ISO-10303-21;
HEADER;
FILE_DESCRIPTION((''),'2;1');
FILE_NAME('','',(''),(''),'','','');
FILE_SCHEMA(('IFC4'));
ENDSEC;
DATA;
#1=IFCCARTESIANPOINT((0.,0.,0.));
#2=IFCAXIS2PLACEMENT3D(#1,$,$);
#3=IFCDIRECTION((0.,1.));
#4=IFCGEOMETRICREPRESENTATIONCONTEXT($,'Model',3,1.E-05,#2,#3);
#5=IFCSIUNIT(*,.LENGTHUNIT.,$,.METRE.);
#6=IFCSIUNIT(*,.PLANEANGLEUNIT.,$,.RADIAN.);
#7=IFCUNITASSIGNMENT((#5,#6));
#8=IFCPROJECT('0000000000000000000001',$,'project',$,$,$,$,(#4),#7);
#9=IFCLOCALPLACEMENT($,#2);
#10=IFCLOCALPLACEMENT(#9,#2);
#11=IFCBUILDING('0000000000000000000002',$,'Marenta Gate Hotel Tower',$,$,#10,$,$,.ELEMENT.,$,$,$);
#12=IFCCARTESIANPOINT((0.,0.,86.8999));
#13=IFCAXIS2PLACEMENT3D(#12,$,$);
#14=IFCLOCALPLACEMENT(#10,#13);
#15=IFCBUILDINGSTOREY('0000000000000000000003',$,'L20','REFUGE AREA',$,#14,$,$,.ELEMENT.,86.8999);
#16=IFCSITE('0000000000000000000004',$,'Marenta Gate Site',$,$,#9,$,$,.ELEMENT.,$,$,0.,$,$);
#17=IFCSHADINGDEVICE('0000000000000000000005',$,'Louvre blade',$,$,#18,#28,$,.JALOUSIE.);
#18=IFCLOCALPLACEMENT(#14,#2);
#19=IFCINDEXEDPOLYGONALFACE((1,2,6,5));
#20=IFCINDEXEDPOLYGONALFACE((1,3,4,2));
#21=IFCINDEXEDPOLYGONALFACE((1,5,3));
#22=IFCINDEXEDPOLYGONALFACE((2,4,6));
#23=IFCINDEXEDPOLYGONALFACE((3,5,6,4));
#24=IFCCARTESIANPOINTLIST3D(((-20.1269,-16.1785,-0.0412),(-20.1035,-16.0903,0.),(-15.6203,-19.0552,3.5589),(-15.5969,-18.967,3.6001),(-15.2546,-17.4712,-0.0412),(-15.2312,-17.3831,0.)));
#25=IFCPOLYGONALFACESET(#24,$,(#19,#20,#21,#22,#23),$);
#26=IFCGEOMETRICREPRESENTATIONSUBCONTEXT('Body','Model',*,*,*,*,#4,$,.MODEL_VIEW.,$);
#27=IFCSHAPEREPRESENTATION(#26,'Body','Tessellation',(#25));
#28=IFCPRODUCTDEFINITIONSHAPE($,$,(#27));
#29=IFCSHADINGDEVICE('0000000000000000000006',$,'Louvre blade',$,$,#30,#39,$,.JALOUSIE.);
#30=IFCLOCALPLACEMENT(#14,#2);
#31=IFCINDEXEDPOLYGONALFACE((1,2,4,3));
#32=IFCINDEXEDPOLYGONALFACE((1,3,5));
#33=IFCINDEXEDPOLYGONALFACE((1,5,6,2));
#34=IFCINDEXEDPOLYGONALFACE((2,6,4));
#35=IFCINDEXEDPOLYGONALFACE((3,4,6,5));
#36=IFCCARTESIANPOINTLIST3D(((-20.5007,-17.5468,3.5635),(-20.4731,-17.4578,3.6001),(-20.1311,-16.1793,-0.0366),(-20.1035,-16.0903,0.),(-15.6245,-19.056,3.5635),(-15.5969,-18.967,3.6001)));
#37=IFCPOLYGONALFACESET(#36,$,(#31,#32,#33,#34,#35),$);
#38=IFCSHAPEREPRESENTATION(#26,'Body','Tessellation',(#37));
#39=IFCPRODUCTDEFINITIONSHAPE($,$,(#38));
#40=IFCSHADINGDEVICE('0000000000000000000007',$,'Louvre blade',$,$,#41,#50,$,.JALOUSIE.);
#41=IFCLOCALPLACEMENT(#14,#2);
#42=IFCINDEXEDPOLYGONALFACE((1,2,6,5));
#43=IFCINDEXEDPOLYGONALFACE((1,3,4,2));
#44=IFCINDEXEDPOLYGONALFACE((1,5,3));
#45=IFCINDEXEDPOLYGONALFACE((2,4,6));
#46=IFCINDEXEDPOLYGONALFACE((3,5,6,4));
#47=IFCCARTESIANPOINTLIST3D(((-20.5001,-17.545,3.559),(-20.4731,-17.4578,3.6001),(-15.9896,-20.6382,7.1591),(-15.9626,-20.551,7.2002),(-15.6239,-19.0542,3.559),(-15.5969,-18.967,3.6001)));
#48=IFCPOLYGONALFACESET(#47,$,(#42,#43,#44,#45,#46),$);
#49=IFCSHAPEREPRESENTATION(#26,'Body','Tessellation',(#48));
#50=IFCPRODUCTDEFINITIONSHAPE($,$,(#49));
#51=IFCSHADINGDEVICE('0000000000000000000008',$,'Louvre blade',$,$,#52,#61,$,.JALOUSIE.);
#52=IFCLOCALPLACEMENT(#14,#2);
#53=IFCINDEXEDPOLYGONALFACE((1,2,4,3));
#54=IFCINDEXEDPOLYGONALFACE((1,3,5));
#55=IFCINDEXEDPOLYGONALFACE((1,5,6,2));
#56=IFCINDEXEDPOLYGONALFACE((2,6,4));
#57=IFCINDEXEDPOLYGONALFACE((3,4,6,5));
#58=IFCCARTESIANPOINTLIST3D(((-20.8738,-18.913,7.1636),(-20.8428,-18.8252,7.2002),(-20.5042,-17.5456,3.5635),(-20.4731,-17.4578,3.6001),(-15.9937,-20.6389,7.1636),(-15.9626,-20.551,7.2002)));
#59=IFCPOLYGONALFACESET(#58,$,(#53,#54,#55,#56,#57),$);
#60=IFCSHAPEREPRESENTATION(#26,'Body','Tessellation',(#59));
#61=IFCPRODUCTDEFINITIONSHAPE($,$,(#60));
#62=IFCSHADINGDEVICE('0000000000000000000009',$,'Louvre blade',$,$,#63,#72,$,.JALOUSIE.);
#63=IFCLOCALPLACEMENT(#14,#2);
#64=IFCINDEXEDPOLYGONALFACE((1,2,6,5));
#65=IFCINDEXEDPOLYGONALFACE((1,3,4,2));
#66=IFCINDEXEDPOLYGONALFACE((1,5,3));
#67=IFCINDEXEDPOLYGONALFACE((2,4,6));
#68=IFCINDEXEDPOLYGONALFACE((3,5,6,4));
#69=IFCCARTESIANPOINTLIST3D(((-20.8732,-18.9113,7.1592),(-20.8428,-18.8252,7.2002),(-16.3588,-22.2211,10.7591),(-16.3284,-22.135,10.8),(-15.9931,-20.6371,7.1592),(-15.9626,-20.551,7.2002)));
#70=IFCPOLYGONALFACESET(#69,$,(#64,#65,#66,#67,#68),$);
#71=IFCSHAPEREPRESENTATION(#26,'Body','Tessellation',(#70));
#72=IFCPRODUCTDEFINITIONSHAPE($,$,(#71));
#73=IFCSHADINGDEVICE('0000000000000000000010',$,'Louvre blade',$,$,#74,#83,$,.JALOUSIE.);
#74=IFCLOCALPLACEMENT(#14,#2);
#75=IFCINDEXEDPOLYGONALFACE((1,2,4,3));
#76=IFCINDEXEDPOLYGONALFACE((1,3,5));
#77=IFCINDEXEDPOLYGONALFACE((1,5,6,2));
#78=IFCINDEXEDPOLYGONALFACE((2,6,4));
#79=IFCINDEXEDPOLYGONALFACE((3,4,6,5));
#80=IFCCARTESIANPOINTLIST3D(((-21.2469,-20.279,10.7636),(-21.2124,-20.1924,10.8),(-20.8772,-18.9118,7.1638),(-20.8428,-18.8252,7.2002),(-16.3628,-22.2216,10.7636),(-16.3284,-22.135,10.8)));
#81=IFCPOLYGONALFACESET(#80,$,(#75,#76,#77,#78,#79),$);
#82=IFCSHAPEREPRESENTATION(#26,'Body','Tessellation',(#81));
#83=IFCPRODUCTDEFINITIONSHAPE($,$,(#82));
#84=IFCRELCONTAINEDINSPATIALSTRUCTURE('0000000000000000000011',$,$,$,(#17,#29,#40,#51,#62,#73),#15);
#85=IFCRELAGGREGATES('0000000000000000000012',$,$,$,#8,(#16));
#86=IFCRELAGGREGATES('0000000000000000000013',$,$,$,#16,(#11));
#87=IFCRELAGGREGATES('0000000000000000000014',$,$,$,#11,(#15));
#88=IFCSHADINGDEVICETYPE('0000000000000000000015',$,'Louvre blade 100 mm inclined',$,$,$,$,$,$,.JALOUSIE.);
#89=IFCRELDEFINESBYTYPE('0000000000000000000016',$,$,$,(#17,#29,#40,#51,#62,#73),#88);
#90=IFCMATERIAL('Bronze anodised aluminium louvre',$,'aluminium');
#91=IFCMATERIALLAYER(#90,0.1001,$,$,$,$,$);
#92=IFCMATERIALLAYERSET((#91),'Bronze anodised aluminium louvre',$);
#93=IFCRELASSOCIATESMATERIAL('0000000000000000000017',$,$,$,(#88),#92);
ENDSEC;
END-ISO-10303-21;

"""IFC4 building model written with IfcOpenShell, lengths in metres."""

from ifc_helpers import new_model, si_unit, direction, frame, origin, place, context, subcontext, project, spatial, polyline, outline, extrude, material, layer, layer_set, type_object, element, save


model = new_model("IFC4")

# Units and contexts
model_context = context("Model", 3, precision=1e-05, world=origin(), true_north=direction((0.0, 1.0)))
body_context = subcontext(model_context, "Body", "Model", "MODEL_VIEW")
ifc_project = project(units=[si_unit("LENGTHUNIT", "METRE"), si_unit("PLANEANGLEUNIT", "RADIAN")], contexts=[model_context])

# Site, building, storey
site_placement = place(None, origin())
site = spatial("IfcSite", under=ifc_project, at=site_placement, Name="Marenta Gate Site", CompositionType="ELEMENT", RefElevation=0.0)
building_placement = place(site_placement, origin())
building = spatial("IfcBuilding", under=site, at=building_placement, Name="Marenta Gate Hotel Tower", CompositionType="ELEMENT")
storey_placement = place(building_placement, frame((0.0, 0.0, 86.8999)))
storey = spatial("IfcBuildingStorey", under=building, at=storey_placement, Name="L20", Description="REFUGE AREA", CompositionType="ELEMENT", Elevation=86.8999)

# Shading devices
ifc_material_1 = material(Name="Bronze anodised aluminium louvre", Category="aluminium")
ifc_layer = layer(ifc_material_1, 0.1001)
ifc_layer_set = layer_set([ifc_layer], Name="Bronze anodised aluminium louvre")
shading_device_type = type_object("IfcShadingDeviceType", Name="Louvre blade 100 mm inclined", PredefinedType="JALOUSIE", material=ifc_layer_set)
shading_device_1_placement = place(storey_placement, frame((-20.1035, -16.0903, 0.0), z_axis=(0.233744, 0.880989, 0.411366), x_axis=(0.966558, -0.256448, 0.0)))
element("IfcShadingDevice", 1, at=shading_device_1_placement, inside=storey, type_object=shading_device_type, Name="Louvre blade", PredefinedType="JALOUSIE", context=body_context, shape_type="SweptSolid", body=[
    extrude(outline(polyline([(0.0, 0.0), (5.0409, 0.0), (5.0936, -3.9498), (0.0, 0.0)])), origin(), (0.0, 0.0, -1.0), 0.1001),
])
shading_device_2_placement = place(storey_placement, frame((-20.1035, -16.0903, 0.0), z_axis=(0.275171, 0.88903, 0.365934), x_axis=(0.699175, -0.446307, 0.558537)))
element("IfcShadingDevice", 2, at=shading_device_2_placement, inside=storey, type_object=shading_device_type, Name="Louvre blade", PredefinedType="JALOUSIE", context=body_context, shape_type="SweptSolid", body=[
    extrude(outline(polyline([(0.0, 0.0), (6.4456, 0.0), (2.3626, -3.0635), (0.0, 0.0)])), origin(), (0.0, 0.0, -1.0), 0.1001),
])
shading_device_3_placement = place(storey_placement, frame((-20.4731, -17.4578, 3.6001), z_axis=(0.2696, 0.871034, 0.410629), x_axis=(0.955287, -0.295679, 0.0)))
element("IfcShadingDevice", 3, at=shading_device_3_placement, inside=storey, type_object=shading_device_type, Name="Louvre blade", PredefinedType="JALOUSIE", context=body_context, shape_type="SweptSolid", body=[
    extrude(outline(polyline([(0.0, 0.0), (5.1045, 0.0), (5.2234, -3.9483), (0.0, 0.0)])), origin(), (0.0, 0.0, -1.0), 0.1001),
])
shading_device_4_placement = place(storey_placement, frame((-20.4731, -17.4578, 3.6001), z_axis=(0.310377, 0.877653, 0.365228), x_axis=(0.688858, -0.472413, 0.549819)))
element("IfcShadingDevice", 4, at=shading_device_4_placement, inside=storey, type_object=shading_device_type, Name="Louvre blade", PredefinedType="JALOUSIE", context=body_context, shape_type="SweptSolid", body=[
    extrude(outline(polyline([(0.0, 0.0), (6.5478, 0.0), (2.3708, -3.0572), (0.0, 0.0)])), origin(), (0.0, 0.0, -1.0), 0.1001),
])
shading_device_5_placement = place(storey_placement, frame((-20.8428, -18.8252, 7.2002), z_axis=(0.30419, 0.860158, 0.409385), x_axis=(0.942782, -0.33341, 0.0)))
element("IfcShadingDevice", 5, at=shading_device_5_placement, inside=storey, type_object=shading_device_type, Name="Louvre blade", PredefinedType="JALOUSIE", context=body_context, shape_type="SweptSolid", body=[
    extrude(outline(polyline([(0.0, 0.0), (5.1763, 0.0), (5.3596, -3.9456), (0.0, 0.0)])), origin(), (0.0, 0.0, -1.0), 0.1001),
])
shading_device_6_placement = place(storey_placement, frame((-20.8428, -18.8252, 7.2002), z_axis=(0.34423, 0.865441, 0.364031), x_axis=(0.678312, -0.497316, 0.540896)))
element("IfcShadingDevice", 6, at=shading_device_6_placement, inside=storey, type_object=shading_device_type, Name="Louvre blade", PredefinedType="JALOUSIE", context=body_context, shape_type="SweptSolid", body=[
    extrude(outline(polyline([(0.0, 0.0), (6.6553, 0.0), (2.3763, -3.0525), (0.0, 0.0)])), origin(), (0.0, 0.0, -1.0), 0.1001),
])

save(model, "model.ifc")
